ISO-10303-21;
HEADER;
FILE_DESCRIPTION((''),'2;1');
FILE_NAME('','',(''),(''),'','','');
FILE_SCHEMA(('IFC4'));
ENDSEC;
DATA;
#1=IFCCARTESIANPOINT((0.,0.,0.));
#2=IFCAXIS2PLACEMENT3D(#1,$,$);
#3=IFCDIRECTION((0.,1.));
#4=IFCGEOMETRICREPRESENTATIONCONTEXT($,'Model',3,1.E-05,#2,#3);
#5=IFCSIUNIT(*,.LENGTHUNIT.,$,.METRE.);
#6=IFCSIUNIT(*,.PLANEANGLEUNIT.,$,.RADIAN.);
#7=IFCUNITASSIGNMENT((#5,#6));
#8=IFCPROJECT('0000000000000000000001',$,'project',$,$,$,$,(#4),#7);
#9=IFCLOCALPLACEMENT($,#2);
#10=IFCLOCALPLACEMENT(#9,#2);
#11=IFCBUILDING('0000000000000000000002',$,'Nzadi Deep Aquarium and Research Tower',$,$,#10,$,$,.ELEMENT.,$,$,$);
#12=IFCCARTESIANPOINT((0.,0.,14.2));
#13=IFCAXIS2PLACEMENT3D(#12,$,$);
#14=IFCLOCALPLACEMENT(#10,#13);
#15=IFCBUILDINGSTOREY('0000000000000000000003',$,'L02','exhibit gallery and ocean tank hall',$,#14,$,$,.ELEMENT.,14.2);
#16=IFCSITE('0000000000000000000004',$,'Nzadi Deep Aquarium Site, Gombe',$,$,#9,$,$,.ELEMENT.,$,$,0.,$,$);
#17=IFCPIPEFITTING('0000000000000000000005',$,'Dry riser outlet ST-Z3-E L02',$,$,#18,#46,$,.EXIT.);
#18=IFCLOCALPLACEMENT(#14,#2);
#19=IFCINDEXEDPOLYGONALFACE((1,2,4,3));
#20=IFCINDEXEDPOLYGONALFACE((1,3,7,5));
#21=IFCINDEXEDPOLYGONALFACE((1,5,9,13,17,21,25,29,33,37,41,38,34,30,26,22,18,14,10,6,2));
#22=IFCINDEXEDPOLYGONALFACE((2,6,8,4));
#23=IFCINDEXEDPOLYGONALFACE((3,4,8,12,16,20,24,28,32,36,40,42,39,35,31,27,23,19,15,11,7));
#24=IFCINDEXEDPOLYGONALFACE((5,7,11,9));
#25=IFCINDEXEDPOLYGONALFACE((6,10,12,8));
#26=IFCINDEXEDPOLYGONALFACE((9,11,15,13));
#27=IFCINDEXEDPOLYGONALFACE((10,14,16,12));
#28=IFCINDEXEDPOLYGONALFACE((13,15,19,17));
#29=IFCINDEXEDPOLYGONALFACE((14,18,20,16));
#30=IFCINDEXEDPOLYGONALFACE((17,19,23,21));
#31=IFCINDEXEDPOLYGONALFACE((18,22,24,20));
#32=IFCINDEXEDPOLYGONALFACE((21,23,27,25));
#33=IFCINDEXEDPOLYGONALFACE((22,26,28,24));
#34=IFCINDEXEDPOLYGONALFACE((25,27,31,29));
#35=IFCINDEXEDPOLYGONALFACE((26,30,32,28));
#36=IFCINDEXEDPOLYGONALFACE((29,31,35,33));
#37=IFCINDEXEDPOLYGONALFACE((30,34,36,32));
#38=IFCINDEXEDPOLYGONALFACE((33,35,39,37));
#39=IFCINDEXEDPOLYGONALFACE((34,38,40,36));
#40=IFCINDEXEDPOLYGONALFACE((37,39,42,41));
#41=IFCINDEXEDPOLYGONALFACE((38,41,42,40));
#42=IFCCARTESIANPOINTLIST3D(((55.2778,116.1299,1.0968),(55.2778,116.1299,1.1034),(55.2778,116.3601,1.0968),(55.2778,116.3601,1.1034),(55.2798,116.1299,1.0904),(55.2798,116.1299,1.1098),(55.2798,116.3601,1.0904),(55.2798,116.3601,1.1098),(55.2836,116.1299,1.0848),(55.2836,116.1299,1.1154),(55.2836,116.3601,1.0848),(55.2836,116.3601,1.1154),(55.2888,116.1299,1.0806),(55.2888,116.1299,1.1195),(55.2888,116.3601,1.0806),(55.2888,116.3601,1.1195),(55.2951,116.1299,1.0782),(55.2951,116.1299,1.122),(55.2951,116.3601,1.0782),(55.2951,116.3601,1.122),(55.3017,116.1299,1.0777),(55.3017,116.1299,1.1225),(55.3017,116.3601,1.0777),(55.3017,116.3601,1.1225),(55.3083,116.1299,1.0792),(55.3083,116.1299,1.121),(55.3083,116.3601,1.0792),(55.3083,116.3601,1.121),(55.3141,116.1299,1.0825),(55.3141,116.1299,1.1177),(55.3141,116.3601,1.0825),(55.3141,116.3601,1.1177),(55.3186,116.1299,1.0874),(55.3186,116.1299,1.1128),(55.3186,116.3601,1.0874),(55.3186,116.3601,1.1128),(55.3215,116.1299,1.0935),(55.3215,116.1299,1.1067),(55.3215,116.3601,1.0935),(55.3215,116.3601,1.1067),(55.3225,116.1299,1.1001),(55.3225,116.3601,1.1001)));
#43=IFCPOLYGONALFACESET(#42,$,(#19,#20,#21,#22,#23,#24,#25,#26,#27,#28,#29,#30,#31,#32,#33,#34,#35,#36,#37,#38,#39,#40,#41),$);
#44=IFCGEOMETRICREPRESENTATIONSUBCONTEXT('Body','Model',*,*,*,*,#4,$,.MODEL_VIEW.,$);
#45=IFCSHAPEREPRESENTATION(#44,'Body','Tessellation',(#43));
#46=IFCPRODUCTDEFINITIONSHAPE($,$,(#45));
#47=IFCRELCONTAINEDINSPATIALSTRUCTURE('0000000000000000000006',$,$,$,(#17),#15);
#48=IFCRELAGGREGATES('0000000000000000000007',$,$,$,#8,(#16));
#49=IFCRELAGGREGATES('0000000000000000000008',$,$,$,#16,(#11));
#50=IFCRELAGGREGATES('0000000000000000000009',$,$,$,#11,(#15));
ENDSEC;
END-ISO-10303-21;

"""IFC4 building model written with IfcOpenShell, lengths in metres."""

from ifc_helpers import new_model, si_unit, direction, frame, origin, origin_2d, place, context, subcontext, project, spatial, circle, extrude, element, save


model = new_model("IFC4")

# Units and contexts
model_context = context("Model", 3, precision=1e-05, world=origin(), true_north=direction((0.0, 1.0)))
body_context = subcontext(model_context, "Body", "Model", "MODEL_VIEW")
ifc_project = project(units=[si_unit("LENGTHUNIT", "METRE"), si_unit("PLANEANGLEUNIT", "RADIAN")], contexts=[model_context])

# Site, building, storey
site_placement = place(None, origin())
site = spatial("IfcSite", under=ifc_project, at=site_placement, Name="Nzadi Deep Aquarium Site, Gombe", CompositionType="ELEMENT", RefElevation=0.0)
building_placement = place(site_placement, origin())
building = spatial("IfcBuilding", under=site, at=building_placement, Name="Nzadi Deep Aquarium and Research Tower", CompositionType="ELEMENT")
storey_placement = place(building_placement, frame((0.0, 0.0, 14.2)))
storey = spatial("IfcBuildingStorey", under=building, at=storey_placement, Name="L02", Description="exhibit gallery and ocean tank hall", CompositionType="ELEMENT", Elevation=14.2)

# Pipe fitting
pipe_fitting_placement = place(storey_placement, frame((55.3, 116.3601, 1.1001), z_axis=(0.0, -1.0, 0.0), x_axis=(1.0, 0.0, 0.0)))
element("IfcPipeFitting", 1, at=pipe_fitting_placement, inside=storey, Name="Dry riser outlet ST-Z3-E L02", PredefinedType="EXIT", context=body_context, shape_type="SweptSolid", body=[
    extrude(circle(Radius=0.0225, at=origin_2d()), origin(), (0.0, 0.0, 1.0), 0.2302),
])

save(model, "model.ifc")
